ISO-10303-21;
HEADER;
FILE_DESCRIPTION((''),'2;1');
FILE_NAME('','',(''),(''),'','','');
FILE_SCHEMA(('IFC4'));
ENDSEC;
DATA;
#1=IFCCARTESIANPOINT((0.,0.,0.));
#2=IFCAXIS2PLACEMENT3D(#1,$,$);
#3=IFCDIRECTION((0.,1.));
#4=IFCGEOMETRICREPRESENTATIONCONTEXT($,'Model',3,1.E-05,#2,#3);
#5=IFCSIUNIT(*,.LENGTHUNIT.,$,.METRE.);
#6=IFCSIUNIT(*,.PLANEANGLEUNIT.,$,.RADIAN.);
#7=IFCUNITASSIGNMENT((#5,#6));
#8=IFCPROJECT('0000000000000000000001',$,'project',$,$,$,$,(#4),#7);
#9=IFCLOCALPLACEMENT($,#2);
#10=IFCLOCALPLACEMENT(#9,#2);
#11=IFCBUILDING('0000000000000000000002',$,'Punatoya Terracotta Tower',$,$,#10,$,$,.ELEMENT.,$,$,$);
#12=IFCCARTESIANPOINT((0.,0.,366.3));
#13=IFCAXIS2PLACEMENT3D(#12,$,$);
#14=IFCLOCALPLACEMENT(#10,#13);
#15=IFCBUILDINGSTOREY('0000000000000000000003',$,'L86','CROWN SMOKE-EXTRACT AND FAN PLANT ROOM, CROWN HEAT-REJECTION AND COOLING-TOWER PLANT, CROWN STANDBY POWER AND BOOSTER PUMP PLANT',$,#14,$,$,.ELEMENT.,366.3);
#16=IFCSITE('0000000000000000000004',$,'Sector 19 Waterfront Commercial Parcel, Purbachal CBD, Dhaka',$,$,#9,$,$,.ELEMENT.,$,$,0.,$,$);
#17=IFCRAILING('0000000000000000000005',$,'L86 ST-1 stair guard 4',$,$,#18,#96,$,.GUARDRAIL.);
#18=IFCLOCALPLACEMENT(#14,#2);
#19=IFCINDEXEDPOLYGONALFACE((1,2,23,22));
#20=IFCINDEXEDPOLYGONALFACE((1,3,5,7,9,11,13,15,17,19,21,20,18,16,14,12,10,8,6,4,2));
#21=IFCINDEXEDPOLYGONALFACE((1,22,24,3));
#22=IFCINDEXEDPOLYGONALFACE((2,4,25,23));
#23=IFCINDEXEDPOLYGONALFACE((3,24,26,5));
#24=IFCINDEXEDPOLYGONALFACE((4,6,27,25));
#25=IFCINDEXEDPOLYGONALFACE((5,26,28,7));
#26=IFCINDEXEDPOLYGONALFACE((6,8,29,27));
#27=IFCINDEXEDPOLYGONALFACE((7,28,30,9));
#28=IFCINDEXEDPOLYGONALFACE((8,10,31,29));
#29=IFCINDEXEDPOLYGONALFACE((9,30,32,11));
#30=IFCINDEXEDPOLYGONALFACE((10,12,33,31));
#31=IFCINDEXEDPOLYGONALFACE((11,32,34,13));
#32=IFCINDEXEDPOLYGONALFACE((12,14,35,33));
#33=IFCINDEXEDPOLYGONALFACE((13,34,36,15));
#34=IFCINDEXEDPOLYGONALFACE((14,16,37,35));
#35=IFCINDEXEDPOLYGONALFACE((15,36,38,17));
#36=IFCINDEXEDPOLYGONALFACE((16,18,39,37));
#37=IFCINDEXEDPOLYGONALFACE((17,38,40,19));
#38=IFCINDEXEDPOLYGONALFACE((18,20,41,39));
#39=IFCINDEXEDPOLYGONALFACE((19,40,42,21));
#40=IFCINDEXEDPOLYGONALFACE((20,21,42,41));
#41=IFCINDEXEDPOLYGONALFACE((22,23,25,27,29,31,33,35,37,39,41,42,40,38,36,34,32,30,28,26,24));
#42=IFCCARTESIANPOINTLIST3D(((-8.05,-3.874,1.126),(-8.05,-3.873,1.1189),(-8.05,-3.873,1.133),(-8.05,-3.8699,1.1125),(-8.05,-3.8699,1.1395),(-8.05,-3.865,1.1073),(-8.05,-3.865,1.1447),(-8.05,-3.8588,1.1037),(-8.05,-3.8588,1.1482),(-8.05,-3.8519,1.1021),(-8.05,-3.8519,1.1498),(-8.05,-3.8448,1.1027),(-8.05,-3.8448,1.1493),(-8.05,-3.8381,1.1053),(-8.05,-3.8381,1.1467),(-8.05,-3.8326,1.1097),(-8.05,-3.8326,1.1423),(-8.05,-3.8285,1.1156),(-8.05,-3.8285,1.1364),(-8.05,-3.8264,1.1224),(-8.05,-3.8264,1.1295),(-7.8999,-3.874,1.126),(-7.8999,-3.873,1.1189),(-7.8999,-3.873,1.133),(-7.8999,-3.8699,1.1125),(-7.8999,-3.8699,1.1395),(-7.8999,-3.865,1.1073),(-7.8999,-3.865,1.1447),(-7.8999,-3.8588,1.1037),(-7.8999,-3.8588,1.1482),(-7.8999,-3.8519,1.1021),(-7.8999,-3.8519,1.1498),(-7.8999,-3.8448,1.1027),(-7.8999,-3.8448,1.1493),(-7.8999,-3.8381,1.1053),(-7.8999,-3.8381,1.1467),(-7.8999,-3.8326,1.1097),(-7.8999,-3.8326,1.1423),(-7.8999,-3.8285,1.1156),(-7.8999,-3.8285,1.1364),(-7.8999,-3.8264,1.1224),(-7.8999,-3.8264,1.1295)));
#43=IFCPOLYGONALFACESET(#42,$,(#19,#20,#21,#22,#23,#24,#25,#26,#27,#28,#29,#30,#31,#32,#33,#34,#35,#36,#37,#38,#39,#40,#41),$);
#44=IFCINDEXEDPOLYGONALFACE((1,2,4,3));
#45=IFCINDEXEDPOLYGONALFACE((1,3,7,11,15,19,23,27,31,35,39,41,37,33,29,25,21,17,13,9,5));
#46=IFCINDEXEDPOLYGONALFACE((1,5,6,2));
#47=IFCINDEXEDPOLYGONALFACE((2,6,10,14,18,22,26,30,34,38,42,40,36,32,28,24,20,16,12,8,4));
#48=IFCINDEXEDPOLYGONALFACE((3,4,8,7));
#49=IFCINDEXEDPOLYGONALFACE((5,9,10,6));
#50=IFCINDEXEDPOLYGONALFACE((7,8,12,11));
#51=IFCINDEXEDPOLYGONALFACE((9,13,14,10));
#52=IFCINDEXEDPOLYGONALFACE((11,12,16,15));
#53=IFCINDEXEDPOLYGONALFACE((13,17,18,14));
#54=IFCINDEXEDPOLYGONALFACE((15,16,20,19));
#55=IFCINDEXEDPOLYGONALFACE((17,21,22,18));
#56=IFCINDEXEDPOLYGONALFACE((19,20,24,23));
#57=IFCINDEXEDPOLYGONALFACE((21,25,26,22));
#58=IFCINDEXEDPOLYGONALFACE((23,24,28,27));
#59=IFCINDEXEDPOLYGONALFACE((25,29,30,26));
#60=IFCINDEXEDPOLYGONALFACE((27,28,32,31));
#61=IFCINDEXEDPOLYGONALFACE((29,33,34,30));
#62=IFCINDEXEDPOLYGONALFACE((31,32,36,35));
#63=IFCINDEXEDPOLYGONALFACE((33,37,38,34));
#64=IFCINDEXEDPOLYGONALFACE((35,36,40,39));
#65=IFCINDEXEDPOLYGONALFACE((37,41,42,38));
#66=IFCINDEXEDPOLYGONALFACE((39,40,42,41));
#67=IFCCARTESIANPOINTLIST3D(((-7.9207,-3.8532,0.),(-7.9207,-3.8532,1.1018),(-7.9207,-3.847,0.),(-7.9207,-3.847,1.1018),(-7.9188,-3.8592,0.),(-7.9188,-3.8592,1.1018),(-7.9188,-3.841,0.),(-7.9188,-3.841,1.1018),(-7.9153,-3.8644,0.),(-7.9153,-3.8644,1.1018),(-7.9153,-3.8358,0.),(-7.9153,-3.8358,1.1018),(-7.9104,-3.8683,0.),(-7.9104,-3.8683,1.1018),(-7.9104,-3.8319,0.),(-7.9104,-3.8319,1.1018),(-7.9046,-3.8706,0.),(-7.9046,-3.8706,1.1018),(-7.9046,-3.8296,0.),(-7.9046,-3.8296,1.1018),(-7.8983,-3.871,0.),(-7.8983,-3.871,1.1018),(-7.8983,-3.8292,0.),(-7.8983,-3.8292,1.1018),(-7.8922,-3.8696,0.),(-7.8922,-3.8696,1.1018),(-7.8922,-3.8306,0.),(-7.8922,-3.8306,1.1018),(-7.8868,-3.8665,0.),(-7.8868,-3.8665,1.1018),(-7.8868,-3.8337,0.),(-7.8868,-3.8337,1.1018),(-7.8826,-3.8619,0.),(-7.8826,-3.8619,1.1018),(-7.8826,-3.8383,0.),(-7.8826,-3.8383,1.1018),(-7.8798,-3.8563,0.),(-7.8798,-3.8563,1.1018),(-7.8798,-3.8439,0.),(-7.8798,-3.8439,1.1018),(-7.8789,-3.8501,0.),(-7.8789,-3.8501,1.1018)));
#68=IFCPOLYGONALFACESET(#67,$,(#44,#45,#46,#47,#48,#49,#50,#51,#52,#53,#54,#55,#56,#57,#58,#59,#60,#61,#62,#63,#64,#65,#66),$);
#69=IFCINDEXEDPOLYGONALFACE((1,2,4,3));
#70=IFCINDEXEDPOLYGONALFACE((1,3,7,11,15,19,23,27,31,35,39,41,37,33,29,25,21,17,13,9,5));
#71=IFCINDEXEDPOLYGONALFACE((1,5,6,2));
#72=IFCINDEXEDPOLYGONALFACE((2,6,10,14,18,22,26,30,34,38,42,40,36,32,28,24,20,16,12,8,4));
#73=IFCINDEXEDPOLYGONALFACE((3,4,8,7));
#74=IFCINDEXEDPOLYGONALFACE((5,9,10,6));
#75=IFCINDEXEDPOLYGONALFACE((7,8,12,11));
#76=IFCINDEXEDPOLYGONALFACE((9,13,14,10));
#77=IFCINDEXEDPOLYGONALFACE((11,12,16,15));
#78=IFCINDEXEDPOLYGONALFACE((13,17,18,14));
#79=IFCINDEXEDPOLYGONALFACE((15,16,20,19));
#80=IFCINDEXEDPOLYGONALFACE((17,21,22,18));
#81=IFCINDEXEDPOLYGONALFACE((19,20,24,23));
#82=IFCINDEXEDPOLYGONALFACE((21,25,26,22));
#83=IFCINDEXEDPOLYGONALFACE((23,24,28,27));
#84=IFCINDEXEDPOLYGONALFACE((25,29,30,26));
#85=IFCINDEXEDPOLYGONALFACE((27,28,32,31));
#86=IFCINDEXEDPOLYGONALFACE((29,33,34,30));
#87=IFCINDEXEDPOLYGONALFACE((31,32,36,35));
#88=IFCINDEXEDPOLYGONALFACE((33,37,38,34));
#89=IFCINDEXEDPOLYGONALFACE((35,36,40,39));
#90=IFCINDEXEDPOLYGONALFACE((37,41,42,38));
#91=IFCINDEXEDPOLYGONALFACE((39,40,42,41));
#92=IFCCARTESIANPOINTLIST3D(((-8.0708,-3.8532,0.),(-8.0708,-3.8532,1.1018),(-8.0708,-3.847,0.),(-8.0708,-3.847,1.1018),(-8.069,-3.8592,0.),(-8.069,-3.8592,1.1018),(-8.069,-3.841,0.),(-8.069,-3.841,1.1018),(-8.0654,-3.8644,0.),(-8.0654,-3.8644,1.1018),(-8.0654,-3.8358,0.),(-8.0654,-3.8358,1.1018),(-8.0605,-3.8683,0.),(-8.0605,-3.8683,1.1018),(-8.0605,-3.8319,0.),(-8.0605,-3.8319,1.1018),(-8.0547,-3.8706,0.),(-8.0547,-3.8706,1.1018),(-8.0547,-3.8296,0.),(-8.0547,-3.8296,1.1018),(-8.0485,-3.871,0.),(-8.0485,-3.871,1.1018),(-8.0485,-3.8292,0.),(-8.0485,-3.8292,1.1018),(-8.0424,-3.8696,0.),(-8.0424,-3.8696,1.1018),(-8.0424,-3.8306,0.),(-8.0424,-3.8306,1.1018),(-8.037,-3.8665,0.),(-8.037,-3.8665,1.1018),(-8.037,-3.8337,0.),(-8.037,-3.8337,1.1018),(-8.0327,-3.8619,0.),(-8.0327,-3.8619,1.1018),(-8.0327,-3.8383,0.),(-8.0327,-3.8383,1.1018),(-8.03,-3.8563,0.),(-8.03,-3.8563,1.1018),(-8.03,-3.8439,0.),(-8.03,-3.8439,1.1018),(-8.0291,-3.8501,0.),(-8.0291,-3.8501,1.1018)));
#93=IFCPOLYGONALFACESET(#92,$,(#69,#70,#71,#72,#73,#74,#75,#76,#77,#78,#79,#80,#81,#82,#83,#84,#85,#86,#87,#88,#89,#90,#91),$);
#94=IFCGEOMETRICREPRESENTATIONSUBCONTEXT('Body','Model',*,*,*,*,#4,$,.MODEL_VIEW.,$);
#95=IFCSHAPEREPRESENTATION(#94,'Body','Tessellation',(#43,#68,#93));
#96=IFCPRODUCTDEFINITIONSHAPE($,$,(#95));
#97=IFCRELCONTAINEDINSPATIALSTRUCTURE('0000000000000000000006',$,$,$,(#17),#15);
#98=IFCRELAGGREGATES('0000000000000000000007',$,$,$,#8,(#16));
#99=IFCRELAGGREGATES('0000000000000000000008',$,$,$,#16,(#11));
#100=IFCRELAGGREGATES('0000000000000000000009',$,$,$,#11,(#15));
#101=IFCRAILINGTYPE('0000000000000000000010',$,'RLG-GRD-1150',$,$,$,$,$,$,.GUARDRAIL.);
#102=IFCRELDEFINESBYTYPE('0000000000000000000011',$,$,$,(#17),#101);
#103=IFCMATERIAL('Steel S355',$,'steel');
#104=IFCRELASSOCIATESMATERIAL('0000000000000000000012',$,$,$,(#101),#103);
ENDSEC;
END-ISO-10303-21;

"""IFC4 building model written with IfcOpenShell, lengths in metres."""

from ifc_helpers import new_model, si_unit, direction, frame, origin, origin_2d, place, context, subcontext, project, spatial, circle, extrude, material, type_object, element, save


model = new_model("IFC4")

# Units and contexts
model_context = context("Model", 3, precision=1e-05, world=origin(), true_north=direction((0.0, 1.0)))
body_context = subcontext(model_context, "Body", "Model", "MODEL_VIEW")
ifc_project = project(units=[si_unit("LENGTHUNIT", "METRE"), si_unit("PLANEANGLEUNIT", "RADIAN")], contexts=[model_context])

# Site, building, storey
site_placement = place(None, origin())
site = spatial("IfcSite", under=ifc_project, at=site_placement, Name="Sector 19 Waterfront Commercial Parcel, Purbachal CBD, Dhaka", CompositionType="ELEMENT", RefElevation=0.0)
building_placement = place(site_placement, origin())
building = spatial("IfcBuilding", under=site, at=building_placement, Name="Punatoya Terracotta Tower", CompositionType="ELEMENT")
storey_placement = place(building_placement, frame((0.0, 0.0, 366.3)))
storey = spatial("IfcBuildingStorey", under=building, at=storey_placement, Name="L86", Description="CROWN SMOKE-EXTRACT AND FAN PLANT ROOM, CROWN HEAT-REJECTION AND COOLING-TOWER PLANT, CROWN STANDBY POWER AND BOOSTER PUMP PLANT", CompositionType="ELEMENT", Elevation=366.3)

# Shared definitions
ifc_material_1 = material(Name="Steel S355", Category="steel")

# Railing
railing_type = type_object("IfcRailingType", Name="RLG-GRD-1150", PredefinedType="GUARDRAIL", material=ifc_material_1)
railing_1_placement = place(storey_placement, frame((-7.8999, -3.8501, 0.0)))
element("IfcRailing", 1, at=railing_1_placement, inside=storey, type_object=railing_type, Name="L86 ST-1 stair guard 4", PredefinedType="GUARDRAIL", context=body_context, shape_type="SweptSolid", body=[
    extrude(circle(Radius=0.0239, at=origin_2d()), frame((0.0, 0.0, 1.126), z_axis=(-1.0, 0.0, 0.0), x_axis=(0.0, -1.0, 0.0)), (0.0, 0.0, 1.0), 0.1501),
    extrude(circle(Radius=0.021, at=origin_2d()), origin(), (0.0, 0.0, 1.0), 1.1018),
    extrude(circle(Radius=0.021, at=origin_2d()), frame((-0.1501, 0.0, 0.0)), (0.0, 0.0, 1.0), 1.1018),
])

save(model, "model.ifc")
